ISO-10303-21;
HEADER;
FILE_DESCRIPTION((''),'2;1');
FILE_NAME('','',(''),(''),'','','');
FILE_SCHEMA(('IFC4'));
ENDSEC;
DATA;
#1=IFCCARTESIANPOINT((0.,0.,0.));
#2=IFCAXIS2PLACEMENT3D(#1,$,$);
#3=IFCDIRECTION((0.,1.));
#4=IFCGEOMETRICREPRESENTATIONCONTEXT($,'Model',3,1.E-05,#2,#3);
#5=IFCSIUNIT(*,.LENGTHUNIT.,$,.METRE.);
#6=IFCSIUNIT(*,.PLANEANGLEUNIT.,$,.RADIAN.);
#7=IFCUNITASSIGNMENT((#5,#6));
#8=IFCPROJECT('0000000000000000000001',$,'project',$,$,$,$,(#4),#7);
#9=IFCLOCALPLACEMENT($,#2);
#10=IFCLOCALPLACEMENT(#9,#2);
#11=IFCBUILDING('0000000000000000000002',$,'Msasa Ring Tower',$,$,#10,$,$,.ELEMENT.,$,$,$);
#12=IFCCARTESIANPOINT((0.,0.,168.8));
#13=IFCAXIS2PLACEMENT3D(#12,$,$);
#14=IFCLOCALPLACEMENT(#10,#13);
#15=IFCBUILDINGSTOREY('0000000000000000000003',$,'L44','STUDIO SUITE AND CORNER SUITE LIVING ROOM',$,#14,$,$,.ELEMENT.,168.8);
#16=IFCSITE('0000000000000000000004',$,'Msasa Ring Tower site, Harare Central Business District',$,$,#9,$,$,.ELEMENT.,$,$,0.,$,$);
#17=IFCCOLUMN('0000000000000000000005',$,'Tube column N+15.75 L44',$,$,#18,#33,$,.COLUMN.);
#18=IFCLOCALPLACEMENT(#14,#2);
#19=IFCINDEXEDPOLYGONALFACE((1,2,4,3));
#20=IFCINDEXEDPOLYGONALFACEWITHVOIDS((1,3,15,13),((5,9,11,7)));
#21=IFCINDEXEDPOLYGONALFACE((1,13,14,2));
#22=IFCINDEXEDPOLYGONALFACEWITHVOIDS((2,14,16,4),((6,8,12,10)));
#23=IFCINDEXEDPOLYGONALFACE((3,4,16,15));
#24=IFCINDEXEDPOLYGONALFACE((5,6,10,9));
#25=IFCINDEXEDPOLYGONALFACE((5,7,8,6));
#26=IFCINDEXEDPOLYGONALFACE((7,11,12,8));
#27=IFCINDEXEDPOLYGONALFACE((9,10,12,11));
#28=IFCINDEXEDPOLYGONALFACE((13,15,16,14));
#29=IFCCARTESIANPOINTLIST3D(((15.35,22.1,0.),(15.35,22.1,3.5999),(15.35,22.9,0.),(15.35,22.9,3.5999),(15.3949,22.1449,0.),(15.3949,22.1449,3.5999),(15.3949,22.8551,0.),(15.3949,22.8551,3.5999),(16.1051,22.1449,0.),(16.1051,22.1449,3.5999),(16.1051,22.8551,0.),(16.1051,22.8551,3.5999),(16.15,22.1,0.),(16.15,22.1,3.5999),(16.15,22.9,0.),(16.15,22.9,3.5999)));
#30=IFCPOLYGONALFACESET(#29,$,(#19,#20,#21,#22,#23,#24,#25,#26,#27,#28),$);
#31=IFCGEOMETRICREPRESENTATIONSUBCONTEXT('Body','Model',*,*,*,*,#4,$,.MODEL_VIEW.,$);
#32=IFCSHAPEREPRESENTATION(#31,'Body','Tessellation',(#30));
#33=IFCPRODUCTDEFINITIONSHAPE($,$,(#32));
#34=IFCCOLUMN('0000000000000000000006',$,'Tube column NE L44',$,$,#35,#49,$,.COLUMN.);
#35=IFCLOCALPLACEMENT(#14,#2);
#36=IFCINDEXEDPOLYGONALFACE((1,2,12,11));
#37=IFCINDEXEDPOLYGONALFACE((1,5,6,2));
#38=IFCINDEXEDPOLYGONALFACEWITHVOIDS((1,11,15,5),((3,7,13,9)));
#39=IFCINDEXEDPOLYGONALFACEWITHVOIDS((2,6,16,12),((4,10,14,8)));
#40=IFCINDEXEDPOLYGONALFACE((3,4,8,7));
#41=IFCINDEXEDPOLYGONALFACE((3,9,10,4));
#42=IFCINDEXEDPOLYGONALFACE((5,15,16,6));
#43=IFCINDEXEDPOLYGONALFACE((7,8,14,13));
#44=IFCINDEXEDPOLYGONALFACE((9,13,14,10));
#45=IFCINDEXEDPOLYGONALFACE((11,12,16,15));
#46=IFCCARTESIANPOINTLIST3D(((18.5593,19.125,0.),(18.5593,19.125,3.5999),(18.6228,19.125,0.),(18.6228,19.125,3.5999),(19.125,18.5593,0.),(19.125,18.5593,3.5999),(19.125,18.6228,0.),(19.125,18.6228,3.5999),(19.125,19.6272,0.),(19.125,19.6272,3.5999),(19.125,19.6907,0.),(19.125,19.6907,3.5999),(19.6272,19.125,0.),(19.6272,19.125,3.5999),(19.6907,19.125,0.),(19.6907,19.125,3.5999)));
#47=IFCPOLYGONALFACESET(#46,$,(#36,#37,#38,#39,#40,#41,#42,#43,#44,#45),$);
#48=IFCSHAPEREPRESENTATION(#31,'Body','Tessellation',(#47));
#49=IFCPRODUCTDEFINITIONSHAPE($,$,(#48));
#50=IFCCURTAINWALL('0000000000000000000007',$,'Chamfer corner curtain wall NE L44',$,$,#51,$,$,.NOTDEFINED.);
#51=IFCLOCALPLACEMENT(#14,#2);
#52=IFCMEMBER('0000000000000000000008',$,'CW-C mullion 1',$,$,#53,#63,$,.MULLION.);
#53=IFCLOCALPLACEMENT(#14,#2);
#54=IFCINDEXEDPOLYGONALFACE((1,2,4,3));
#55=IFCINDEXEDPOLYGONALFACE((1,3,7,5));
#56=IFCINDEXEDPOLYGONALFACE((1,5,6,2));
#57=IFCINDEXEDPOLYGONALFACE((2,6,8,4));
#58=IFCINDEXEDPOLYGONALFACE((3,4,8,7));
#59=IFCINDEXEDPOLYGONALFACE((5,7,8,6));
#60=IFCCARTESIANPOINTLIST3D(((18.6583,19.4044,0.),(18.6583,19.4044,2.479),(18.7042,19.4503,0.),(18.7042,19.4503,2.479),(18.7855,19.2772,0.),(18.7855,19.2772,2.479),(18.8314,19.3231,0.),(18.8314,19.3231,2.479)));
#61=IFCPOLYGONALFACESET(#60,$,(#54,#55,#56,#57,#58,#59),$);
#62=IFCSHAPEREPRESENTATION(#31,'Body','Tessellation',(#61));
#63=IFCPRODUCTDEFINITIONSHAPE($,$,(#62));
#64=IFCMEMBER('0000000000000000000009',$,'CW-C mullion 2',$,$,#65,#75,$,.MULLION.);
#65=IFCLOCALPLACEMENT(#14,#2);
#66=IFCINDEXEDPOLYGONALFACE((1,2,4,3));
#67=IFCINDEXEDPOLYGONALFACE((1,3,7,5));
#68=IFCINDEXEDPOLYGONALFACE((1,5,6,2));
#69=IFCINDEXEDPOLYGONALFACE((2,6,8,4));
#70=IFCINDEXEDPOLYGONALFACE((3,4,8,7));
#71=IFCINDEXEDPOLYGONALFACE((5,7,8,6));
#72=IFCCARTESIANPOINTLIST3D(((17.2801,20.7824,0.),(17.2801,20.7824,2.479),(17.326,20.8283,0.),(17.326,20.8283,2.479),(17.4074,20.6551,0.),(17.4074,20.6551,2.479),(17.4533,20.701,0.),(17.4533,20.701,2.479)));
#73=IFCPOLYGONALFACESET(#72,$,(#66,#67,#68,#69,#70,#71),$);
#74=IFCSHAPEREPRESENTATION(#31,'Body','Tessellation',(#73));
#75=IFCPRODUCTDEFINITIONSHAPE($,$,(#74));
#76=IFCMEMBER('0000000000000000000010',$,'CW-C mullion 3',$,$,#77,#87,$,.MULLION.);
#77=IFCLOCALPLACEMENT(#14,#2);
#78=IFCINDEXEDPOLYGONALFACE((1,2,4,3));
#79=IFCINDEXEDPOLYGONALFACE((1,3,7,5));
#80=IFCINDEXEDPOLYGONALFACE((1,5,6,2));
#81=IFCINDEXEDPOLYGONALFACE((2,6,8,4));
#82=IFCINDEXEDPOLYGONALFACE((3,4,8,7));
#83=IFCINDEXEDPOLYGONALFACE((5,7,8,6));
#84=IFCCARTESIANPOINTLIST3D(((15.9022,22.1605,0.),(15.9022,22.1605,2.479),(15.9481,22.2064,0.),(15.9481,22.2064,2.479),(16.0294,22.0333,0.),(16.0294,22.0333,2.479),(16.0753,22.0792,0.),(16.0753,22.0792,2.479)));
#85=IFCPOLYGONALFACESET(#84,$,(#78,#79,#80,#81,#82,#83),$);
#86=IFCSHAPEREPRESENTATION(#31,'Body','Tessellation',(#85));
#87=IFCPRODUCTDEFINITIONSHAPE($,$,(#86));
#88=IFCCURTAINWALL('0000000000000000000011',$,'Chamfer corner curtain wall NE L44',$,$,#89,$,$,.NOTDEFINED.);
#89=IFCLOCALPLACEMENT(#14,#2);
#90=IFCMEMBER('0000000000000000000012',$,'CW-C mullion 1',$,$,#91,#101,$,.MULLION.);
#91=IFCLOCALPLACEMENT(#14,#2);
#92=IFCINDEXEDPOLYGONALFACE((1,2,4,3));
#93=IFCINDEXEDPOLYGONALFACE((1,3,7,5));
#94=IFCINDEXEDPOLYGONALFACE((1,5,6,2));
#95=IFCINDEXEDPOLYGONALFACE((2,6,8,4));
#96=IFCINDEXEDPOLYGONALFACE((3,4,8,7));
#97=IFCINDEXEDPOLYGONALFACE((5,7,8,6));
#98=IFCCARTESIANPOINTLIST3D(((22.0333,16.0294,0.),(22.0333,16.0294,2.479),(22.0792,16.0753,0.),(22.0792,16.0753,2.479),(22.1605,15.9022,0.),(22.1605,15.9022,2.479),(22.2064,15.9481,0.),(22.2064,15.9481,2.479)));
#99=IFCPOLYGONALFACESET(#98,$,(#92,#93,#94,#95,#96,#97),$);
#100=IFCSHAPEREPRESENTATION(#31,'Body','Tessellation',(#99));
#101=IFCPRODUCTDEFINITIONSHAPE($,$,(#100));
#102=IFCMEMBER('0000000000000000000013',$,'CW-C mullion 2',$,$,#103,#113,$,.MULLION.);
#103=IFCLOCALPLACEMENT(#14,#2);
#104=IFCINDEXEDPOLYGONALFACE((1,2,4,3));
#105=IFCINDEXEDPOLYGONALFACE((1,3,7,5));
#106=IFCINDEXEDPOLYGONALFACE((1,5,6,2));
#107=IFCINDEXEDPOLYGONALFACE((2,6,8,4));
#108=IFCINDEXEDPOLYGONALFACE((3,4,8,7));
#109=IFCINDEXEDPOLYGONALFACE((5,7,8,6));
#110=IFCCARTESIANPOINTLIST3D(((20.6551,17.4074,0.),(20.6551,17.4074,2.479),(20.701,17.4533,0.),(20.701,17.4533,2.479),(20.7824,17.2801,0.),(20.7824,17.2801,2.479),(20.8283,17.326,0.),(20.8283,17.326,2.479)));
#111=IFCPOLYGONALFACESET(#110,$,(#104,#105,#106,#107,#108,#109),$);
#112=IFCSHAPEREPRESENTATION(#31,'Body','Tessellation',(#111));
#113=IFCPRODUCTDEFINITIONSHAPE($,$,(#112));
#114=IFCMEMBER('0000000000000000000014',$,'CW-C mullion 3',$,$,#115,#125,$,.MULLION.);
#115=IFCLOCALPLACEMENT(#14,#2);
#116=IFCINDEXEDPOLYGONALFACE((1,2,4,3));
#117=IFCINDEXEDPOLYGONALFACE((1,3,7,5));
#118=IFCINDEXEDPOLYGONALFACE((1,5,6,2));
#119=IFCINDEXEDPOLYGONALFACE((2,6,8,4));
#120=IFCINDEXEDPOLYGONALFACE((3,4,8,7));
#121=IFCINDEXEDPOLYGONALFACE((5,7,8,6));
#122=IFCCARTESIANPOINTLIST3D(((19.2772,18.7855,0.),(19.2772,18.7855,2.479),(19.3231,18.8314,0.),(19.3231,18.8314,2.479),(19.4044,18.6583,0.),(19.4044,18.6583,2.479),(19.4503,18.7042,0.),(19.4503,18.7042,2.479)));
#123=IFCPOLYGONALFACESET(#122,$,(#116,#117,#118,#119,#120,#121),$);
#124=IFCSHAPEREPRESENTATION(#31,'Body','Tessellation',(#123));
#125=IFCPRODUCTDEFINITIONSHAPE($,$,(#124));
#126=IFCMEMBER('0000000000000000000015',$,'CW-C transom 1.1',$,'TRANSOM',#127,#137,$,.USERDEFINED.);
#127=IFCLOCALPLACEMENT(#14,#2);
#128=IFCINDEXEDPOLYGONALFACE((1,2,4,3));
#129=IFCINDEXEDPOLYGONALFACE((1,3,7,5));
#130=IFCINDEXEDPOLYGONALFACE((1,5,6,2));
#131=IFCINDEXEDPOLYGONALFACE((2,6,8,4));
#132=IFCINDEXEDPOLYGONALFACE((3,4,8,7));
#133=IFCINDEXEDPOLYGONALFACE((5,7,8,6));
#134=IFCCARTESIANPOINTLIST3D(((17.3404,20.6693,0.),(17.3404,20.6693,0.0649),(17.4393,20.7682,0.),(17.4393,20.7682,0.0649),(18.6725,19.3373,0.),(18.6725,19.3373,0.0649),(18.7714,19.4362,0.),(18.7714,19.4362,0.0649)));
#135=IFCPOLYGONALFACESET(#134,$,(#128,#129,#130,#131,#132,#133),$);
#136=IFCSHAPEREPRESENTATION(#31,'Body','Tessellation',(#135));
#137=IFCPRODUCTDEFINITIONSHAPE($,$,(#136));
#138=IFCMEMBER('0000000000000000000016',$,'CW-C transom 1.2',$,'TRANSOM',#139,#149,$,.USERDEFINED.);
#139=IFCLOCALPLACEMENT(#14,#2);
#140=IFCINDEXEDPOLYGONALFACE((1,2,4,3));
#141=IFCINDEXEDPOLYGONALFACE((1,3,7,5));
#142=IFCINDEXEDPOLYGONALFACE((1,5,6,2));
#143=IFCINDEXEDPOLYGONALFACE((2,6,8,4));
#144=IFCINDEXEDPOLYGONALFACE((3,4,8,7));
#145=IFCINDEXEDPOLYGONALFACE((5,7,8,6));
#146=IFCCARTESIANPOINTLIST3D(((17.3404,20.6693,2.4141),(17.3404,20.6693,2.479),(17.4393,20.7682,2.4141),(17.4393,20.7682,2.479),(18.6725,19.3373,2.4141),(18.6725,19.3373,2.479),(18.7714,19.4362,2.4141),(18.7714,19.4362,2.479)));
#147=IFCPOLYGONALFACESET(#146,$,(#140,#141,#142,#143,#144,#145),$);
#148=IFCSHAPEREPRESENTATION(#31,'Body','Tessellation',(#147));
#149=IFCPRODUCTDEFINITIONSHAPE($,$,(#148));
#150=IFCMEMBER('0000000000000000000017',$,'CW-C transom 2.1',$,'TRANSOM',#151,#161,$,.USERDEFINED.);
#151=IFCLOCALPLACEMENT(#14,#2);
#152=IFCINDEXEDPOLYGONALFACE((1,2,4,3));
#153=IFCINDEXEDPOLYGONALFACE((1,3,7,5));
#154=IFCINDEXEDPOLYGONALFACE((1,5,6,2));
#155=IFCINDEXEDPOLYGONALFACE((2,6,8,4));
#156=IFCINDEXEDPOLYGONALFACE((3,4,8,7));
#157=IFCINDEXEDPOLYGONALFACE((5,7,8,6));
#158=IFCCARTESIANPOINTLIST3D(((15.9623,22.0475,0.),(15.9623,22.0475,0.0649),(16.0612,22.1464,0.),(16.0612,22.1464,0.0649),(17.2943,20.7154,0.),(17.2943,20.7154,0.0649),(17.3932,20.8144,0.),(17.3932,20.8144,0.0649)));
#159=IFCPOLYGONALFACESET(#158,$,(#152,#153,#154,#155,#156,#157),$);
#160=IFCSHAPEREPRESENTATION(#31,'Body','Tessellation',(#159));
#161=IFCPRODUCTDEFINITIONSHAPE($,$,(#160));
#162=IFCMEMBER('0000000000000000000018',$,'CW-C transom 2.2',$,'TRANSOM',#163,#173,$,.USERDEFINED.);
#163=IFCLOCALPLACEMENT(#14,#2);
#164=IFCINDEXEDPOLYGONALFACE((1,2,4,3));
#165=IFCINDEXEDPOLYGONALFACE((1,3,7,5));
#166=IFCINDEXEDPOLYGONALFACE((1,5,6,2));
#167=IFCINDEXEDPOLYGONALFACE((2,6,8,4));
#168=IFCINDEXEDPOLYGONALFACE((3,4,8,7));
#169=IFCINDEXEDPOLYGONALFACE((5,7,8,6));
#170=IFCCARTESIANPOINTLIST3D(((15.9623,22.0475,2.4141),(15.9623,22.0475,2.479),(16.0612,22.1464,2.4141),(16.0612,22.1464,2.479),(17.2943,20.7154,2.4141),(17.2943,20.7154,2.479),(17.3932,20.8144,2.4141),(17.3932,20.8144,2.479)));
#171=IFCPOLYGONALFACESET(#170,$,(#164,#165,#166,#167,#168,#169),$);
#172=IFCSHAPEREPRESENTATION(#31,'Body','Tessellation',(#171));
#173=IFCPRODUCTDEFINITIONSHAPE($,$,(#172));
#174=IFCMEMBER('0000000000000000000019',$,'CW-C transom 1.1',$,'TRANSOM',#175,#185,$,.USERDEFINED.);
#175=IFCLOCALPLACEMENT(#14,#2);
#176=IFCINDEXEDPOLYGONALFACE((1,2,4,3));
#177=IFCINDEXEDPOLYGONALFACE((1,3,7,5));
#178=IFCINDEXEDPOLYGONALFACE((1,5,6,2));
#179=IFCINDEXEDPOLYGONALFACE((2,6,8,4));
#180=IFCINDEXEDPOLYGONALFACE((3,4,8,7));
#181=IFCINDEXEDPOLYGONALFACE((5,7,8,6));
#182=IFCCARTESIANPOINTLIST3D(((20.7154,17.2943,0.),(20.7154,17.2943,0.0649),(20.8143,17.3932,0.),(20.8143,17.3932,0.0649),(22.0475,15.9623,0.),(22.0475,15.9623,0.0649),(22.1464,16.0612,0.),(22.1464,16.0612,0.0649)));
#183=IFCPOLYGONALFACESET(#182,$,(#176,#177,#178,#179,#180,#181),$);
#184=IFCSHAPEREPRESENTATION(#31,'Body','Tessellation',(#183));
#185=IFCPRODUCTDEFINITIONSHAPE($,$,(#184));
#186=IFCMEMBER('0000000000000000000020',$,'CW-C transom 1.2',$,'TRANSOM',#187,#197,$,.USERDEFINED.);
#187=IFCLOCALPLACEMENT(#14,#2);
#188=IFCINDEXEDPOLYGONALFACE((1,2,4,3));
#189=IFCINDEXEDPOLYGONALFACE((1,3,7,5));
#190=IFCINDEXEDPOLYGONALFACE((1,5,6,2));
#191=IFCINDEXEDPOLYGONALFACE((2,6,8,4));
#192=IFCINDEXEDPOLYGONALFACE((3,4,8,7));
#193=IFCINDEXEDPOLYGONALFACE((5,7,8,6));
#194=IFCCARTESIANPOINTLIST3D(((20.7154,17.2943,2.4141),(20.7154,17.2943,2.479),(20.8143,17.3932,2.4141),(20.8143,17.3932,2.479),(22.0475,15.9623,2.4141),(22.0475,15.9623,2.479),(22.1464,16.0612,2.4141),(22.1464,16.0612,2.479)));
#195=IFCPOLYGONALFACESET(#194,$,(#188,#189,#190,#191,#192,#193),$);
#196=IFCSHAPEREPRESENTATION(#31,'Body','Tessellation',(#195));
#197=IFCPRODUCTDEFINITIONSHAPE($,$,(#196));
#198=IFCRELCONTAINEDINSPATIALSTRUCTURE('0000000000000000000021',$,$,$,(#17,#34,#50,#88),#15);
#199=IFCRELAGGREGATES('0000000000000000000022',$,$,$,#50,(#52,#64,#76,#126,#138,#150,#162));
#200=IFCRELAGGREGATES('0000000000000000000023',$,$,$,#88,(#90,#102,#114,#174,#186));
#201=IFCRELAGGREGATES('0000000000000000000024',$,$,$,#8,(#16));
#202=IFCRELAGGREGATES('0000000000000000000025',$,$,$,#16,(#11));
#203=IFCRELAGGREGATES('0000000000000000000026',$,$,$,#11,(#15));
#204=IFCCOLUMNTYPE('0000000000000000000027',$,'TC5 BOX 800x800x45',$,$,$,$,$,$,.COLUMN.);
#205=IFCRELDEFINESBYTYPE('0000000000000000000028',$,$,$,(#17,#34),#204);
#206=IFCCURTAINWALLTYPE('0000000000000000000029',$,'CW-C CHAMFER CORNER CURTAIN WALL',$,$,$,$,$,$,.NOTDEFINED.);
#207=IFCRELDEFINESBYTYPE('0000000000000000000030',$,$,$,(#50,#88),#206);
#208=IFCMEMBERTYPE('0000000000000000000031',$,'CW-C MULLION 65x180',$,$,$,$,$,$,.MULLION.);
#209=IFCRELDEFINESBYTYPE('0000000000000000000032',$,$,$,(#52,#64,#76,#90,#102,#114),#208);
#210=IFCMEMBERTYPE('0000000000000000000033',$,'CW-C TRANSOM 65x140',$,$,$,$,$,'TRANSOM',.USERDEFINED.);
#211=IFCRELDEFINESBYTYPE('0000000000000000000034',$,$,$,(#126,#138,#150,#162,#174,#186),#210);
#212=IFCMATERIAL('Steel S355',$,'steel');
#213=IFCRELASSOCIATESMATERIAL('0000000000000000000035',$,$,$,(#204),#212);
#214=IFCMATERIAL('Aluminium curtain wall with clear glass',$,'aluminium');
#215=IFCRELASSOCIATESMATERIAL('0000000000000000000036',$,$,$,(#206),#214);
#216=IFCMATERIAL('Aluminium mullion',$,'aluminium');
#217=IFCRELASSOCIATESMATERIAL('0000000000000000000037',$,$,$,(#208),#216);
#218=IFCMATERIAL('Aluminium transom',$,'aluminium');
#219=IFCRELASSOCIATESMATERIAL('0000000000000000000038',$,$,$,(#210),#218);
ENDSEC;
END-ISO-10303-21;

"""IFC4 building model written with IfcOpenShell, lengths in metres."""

from ifc_helpers import new_model, si_unit, direction, frame, origin, origin_2d, place, context, subcontext, project, spatial, rectangle, hollow_rectangle, extrude, material, material_profile, profile_set, type_object, element, aggregate, save


model = new_model("IFC4")

# Units and contexts
model_context = context("Model", 3, precision=1e-05, world=origin(), true_north=direction((0.0, 1.0)))
body_context = subcontext(model_context, "Body", "Model", "MODEL_VIEW")
ifc_project = project(units=[si_unit("LENGTHUNIT", "METRE"), si_unit("PLANEANGLEUNIT", "RADIAN")], contexts=[model_context])

# Site, building, storey
site_placement = place(None, origin())
site = spatial("IfcSite", under=ifc_project, at=site_placement, Name="Msasa Ring Tower site, Harare Central Business District", CompositionType="ELEMENT", RefElevation=0.0)
building_placement = place(site_placement, origin())
building = spatial("IfcBuilding", under=site, at=building_placement, Name="Msasa Ring Tower", CompositionType="ELEMENT")
storey_placement = place(building_placement, frame((0.0, 0.0, 168.8)))
storey = spatial("IfcBuildingStorey", under=building, at=storey_placement, Name="L44", Description="STUDIO SUITE AND CORNER SUITE LIVING ROOM", CompositionType="ELEMENT", Elevation=168.8)

# Columns
ifc_material_1 = material(Name="Steel S355", Category="steel")
ifc_material_profile_1 = material_profile(ifc_material_1, hollow_rectangle(XDim=0.8, YDim=0.8, WallThickness=0.0449, at=origin_2d()), Name="BOX 800x800x45")
ifc_profile_set_1 = profile_set([ifc_material_profile_1], Name="Steel S355")
column_type = type_object("IfcColumnType", Name="TC5 BOX 800x800x45", PredefinedType="COLUMN", material=ifc_profile_set_1)
for number, where, z_axis, x_axis, name in (
    (1, (15.75, 22.5, 0.0), (0.0, 0.0, 1.0), (0.0, 1.0, 0.0), "Tube column N+15.75 L44"),
    (2, (19.125, 19.125, 0.0), (0.0, 0.0, 1.0), (0.707107, 0.707107, 0.0), "Tube column NE L44"),
):
    element("IfcColumn", number, at=place(storey_placement, frame(where, z_axis=z_axis, x_axis=x_axis)), inside=storey, type_object=column_type, Name=name, PredefinedType="COLUMN", context=body_context, shape_type="SweptSolid", body=[
        extrude(hollow_rectangle(XDim=0.8, YDim=0.8, WallThickness=0.0449, at=origin_2d()), origin(), (0.0, 0.0, 1.0), 3.5999),
    ])

# Curtain walls, members
ifc_material_2 = material(Name="Aluminium curtain wall with clear glass", Category="aluminium")
curtain_wall_type = type_object("IfcCurtainWallType", Name="CW-C CHAMFER CORNER CURTAIN WALL", PredefinedType="NOTDEFINED", material=ifc_material_2)
curtain_wall_1_placement = place(storey_placement, origin())
curtain_wall_1 = element("IfcCurtainWall", 3, at=curtain_wall_1_placement, inside=storey, type_object=curtain_wall_type, Name="Chamfer corner curtain wall NE L44", PredefinedType="NOTDEFINED")
ifc_material_3 = material(Name="Aluminium mullion", Category="aluminium")
ifc_material_profile_2 = material_profile(ifc_material_3, rectangle(XDim=0.0649, YDim=0.1799, at=origin_2d()), Name="AL 65x180")
ifc_profile_set_2 = profile_set([ifc_material_profile_2], Name="Aluminium mullion")
member_type_1 = type_object("IfcMemberType", Name="CW-C MULLION 65x180", PredefinedType="MULLION", material=ifc_profile_set_2)
member_1_placement = place(storey_placement, frame((18.7449, 19.3638, 0.0), z_axis=(0.0, 0.0, 1.0), x_axis=(-0.707107, -0.707107, 0.0)))
member_1 = element("IfcMember", 4, at=member_1_placement, type_object=member_type_1, Name="CW-C mullion 1", PredefinedType="MULLION", context=body_context, shape_type="SweptSolid", body=[
    extrude(rectangle(XDim=0.0649, YDim=0.1799, at=origin_2d()), origin(), (0.0, 0.0, 1.0), 2.479),
])
member_2_placement = place(storey_placement, frame((17.3667, 20.7417, 0.0), z_axis=(0.0, 0.0, 1.0), x_axis=(-0.707107, -0.707107, 0.0)))
member_2 = element("IfcMember", 5, at=member_2_placement, type_object=member_type_1, Name="CW-C mullion 2", PredefinedType="MULLION", context=body_context, shape_type="SweptSolid", body=[
    extrude(rectangle(XDim=0.0649, YDim=0.1799, at=origin_2d()), origin(), (0.0, 0.0, 1.0), 2.479),
])
member_3_placement = place(storey_placement, frame((15.9888, 22.1199, 0.0), z_axis=(0.0, 0.0, 1.0), x_axis=(-0.707107, -0.707107, 0.0)))
member_3 = element("IfcMember", 6, at=member_3_placement, type_object=member_type_1, Name="CW-C mullion 3", PredefinedType="MULLION", context=body_context, shape_type="SweptSolid", body=[
    extrude(rectangle(XDim=0.0649, YDim=0.1799, at=origin_2d()), origin(), (0.0, 0.0, 1.0), 2.479),
])
curtain_wall_2_placement = place(storey_placement, origin())
curtain_wall_2 = element("IfcCurtainWall", 7, at=curtain_wall_2_placement, inside=storey, type_object=curtain_wall_type, Name="Chamfer corner curtain wall NE L44", PredefinedType="NOTDEFINED")
member_4_placement = place(storey_placement, frame((22.1199, 15.9888, 0.0), z_axis=(0.0, 0.0, 1.0), x_axis=(-0.707107, -0.707107, 0.0)))
member_4 = element("IfcMember", 8, at=member_4_placement, type_object=member_type_1, Name="CW-C mullion 1", PredefinedType="MULLION", context=body_context, shape_type="SweptSolid", body=[
    extrude(rectangle(XDim=0.0649, YDim=0.1799, at=origin_2d()), origin(), (0.0, 0.0, 1.0), 2.479),
])
member_5_placement = place(storey_placement, frame((20.7417, 17.3667, 0.0), z_axis=(0.0, 0.0, 1.0), x_axis=(-0.707107, -0.707107, 0.0)))
member_5 = element("IfcMember", 9, at=member_5_placement, type_object=member_type_1, Name="CW-C mullion 2", PredefinedType="MULLION", context=body_context, shape_type="SweptSolid", body=[
    extrude(rectangle(XDim=0.0649, YDim=0.1799, at=origin_2d()), origin(), (0.0, 0.0, 1.0), 2.479),
])
member_6_placement = place(storey_placement, frame((19.3638, 18.7449, 0.0), z_axis=(0.0, 0.0, 1.0), x_axis=(-0.707107, -0.707107, 0.0)))
member_6 = element("IfcMember", 10, at=member_6_placement, type_object=member_type_1, Name="CW-C mullion 3", PredefinedType="MULLION", context=body_context, shape_type="SweptSolid", body=[
    extrude(rectangle(XDim=0.0649, YDim=0.1799, at=origin_2d()), origin(), (0.0, 0.0, 1.0), 2.479),
])

# Members
ifc_material_4 = material(Name="Aluminium transom", Category="aluminium")
ifc_material_profile_3 = material_profile(ifc_material_4, rectangle(XDim=0.1399, YDim=0.0649, at=origin_2d()), Name="AL 65x140")
ifc_profile_set_3 = profile_set([ifc_material_profile_3], Name="Aluminium transom")
member_type_2 = type_object("IfcMemberType", Name="CW-C TRANSOM 65x140", ElementType="TRANSOM", PredefinedType="USERDEFINED", material=ifc_profile_set_3)
member_7_placement = place(storey_placement, frame((18.7219, 19.3867, 0.0325), z_axis=(-0.707107, 0.707107, 0.0), x_axis=(-0.707107, -0.707107, 0.0)))
member_7 = element("IfcMember", 11, at=member_7_placement, type_object=member_type_2, Name="CW-C transom 1.1", ObjectType="TRANSOM", PredefinedType="USERDEFINED", context=body_context, shape_type="SweptSolid", body=[
    extrude(rectangle(XDim=0.1399, YDim=0.0649, at=origin_2d()), origin(), (0.0, 0.0, 1.0), 1.8838),
])
member_8_placement = place(storey_placement, frame((18.7219, 19.3867, 2.4465), z_axis=(-0.707107, 0.707107, 0.0), x_axis=(-0.707107, -0.707107, 0.0)))
member_8 = element("IfcMember", 12, at=member_8_placement, type_object=member_type_2, Name="CW-C transom 1.2", ObjectType="TRANSOM", PredefinedType="USERDEFINED", context=body_context, shape_type="SweptSolid", body=[
    extrude(rectangle(XDim=0.1399, YDim=0.0649, at=origin_2d()), origin(), (0.0, 0.0, 1.0), 1.8838),
])
member_9_placement = place(storey_placement, frame((17.3438, 20.7649, 0.0325), z_axis=(-0.707107, 0.707107, 0.0), x_axis=(-0.707107, -0.707107, 0.0)))
member_9 = element("IfcMember", 13, at=member_9_placement, type_object=member_type_2, Name="CW-C transom 2.1", ObjectType="TRANSOM", PredefinedType="USERDEFINED", context=body_context, shape_type="SweptSolid", body=[
    extrude(rectangle(XDim=0.1399, YDim=0.0649, at=origin_2d()), origin(), (0.0, 0.0, 1.0), 1.8838),
])
member_10_placement = place(storey_placement, frame((17.3438, 20.7649, 2.4465), z_axis=(-0.707107, 0.707107, 0.0), x_axis=(-0.707107, -0.707107, 0.0)))
member_10 = element("IfcMember", 14, at=member_10_placement, type_object=member_type_2, Name="CW-C transom 2.2", ObjectType="TRANSOM", PredefinedType="USERDEFINED", context=body_context, shape_type="SweptSolid", body=[
    extrude(rectangle(XDim=0.1399, YDim=0.0649, at=origin_2d()), origin(), (0.0, 0.0, 1.0), 1.8838),
])
member_11_placement = place(storey_placement, frame((22.0969, 16.0117, 0.0325), z_axis=(-0.707107, 0.707107, 0.0), x_axis=(-0.707107, -0.707107, 0.0)))
member_11 = element("IfcMember", 15, at=member_11_placement, type_object=member_type_2, Name="CW-C transom 1.1", ObjectType="TRANSOM", PredefinedType="USERDEFINED", context=body_context, shape_type="SweptSolid", body=[
    extrude(rectangle(XDim=0.1399, YDim=0.0649, at=origin_2d()), origin(), (0.0, 0.0, 1.0), 1.8838),
])
member_12_placement = place(storey_placement, frame((22.0969, 16.0117, 2.4465), z_axis=(-0.707107, 0.707107, 0.0), x_axis=(-0.707107, -0.707107, 0.0)))
member_12 = element("IfcMember", 16, at=member_12_placement, type_object=member_type_2, Name="CW-C transom 1.2", ObjectType="TRANSOM", PredefinedType="USERDEFINED", context=body_context, shape_type="SweptSolid", body=[
    extrude(rectangle(XDim=0.1399, YDim=0.0649, at=origin_2d()), origin(), (0.0, 0.0, 1.0), 1.8838),
])

aggregate(curtain_wall_1, [member_1, member_2, member_3, member_7, member_8, member_9, member_10])
aggregate(curtain_wall_2, [member_4, member_5, member_6, member_11, member_12])

save(model, "model.ifc")
